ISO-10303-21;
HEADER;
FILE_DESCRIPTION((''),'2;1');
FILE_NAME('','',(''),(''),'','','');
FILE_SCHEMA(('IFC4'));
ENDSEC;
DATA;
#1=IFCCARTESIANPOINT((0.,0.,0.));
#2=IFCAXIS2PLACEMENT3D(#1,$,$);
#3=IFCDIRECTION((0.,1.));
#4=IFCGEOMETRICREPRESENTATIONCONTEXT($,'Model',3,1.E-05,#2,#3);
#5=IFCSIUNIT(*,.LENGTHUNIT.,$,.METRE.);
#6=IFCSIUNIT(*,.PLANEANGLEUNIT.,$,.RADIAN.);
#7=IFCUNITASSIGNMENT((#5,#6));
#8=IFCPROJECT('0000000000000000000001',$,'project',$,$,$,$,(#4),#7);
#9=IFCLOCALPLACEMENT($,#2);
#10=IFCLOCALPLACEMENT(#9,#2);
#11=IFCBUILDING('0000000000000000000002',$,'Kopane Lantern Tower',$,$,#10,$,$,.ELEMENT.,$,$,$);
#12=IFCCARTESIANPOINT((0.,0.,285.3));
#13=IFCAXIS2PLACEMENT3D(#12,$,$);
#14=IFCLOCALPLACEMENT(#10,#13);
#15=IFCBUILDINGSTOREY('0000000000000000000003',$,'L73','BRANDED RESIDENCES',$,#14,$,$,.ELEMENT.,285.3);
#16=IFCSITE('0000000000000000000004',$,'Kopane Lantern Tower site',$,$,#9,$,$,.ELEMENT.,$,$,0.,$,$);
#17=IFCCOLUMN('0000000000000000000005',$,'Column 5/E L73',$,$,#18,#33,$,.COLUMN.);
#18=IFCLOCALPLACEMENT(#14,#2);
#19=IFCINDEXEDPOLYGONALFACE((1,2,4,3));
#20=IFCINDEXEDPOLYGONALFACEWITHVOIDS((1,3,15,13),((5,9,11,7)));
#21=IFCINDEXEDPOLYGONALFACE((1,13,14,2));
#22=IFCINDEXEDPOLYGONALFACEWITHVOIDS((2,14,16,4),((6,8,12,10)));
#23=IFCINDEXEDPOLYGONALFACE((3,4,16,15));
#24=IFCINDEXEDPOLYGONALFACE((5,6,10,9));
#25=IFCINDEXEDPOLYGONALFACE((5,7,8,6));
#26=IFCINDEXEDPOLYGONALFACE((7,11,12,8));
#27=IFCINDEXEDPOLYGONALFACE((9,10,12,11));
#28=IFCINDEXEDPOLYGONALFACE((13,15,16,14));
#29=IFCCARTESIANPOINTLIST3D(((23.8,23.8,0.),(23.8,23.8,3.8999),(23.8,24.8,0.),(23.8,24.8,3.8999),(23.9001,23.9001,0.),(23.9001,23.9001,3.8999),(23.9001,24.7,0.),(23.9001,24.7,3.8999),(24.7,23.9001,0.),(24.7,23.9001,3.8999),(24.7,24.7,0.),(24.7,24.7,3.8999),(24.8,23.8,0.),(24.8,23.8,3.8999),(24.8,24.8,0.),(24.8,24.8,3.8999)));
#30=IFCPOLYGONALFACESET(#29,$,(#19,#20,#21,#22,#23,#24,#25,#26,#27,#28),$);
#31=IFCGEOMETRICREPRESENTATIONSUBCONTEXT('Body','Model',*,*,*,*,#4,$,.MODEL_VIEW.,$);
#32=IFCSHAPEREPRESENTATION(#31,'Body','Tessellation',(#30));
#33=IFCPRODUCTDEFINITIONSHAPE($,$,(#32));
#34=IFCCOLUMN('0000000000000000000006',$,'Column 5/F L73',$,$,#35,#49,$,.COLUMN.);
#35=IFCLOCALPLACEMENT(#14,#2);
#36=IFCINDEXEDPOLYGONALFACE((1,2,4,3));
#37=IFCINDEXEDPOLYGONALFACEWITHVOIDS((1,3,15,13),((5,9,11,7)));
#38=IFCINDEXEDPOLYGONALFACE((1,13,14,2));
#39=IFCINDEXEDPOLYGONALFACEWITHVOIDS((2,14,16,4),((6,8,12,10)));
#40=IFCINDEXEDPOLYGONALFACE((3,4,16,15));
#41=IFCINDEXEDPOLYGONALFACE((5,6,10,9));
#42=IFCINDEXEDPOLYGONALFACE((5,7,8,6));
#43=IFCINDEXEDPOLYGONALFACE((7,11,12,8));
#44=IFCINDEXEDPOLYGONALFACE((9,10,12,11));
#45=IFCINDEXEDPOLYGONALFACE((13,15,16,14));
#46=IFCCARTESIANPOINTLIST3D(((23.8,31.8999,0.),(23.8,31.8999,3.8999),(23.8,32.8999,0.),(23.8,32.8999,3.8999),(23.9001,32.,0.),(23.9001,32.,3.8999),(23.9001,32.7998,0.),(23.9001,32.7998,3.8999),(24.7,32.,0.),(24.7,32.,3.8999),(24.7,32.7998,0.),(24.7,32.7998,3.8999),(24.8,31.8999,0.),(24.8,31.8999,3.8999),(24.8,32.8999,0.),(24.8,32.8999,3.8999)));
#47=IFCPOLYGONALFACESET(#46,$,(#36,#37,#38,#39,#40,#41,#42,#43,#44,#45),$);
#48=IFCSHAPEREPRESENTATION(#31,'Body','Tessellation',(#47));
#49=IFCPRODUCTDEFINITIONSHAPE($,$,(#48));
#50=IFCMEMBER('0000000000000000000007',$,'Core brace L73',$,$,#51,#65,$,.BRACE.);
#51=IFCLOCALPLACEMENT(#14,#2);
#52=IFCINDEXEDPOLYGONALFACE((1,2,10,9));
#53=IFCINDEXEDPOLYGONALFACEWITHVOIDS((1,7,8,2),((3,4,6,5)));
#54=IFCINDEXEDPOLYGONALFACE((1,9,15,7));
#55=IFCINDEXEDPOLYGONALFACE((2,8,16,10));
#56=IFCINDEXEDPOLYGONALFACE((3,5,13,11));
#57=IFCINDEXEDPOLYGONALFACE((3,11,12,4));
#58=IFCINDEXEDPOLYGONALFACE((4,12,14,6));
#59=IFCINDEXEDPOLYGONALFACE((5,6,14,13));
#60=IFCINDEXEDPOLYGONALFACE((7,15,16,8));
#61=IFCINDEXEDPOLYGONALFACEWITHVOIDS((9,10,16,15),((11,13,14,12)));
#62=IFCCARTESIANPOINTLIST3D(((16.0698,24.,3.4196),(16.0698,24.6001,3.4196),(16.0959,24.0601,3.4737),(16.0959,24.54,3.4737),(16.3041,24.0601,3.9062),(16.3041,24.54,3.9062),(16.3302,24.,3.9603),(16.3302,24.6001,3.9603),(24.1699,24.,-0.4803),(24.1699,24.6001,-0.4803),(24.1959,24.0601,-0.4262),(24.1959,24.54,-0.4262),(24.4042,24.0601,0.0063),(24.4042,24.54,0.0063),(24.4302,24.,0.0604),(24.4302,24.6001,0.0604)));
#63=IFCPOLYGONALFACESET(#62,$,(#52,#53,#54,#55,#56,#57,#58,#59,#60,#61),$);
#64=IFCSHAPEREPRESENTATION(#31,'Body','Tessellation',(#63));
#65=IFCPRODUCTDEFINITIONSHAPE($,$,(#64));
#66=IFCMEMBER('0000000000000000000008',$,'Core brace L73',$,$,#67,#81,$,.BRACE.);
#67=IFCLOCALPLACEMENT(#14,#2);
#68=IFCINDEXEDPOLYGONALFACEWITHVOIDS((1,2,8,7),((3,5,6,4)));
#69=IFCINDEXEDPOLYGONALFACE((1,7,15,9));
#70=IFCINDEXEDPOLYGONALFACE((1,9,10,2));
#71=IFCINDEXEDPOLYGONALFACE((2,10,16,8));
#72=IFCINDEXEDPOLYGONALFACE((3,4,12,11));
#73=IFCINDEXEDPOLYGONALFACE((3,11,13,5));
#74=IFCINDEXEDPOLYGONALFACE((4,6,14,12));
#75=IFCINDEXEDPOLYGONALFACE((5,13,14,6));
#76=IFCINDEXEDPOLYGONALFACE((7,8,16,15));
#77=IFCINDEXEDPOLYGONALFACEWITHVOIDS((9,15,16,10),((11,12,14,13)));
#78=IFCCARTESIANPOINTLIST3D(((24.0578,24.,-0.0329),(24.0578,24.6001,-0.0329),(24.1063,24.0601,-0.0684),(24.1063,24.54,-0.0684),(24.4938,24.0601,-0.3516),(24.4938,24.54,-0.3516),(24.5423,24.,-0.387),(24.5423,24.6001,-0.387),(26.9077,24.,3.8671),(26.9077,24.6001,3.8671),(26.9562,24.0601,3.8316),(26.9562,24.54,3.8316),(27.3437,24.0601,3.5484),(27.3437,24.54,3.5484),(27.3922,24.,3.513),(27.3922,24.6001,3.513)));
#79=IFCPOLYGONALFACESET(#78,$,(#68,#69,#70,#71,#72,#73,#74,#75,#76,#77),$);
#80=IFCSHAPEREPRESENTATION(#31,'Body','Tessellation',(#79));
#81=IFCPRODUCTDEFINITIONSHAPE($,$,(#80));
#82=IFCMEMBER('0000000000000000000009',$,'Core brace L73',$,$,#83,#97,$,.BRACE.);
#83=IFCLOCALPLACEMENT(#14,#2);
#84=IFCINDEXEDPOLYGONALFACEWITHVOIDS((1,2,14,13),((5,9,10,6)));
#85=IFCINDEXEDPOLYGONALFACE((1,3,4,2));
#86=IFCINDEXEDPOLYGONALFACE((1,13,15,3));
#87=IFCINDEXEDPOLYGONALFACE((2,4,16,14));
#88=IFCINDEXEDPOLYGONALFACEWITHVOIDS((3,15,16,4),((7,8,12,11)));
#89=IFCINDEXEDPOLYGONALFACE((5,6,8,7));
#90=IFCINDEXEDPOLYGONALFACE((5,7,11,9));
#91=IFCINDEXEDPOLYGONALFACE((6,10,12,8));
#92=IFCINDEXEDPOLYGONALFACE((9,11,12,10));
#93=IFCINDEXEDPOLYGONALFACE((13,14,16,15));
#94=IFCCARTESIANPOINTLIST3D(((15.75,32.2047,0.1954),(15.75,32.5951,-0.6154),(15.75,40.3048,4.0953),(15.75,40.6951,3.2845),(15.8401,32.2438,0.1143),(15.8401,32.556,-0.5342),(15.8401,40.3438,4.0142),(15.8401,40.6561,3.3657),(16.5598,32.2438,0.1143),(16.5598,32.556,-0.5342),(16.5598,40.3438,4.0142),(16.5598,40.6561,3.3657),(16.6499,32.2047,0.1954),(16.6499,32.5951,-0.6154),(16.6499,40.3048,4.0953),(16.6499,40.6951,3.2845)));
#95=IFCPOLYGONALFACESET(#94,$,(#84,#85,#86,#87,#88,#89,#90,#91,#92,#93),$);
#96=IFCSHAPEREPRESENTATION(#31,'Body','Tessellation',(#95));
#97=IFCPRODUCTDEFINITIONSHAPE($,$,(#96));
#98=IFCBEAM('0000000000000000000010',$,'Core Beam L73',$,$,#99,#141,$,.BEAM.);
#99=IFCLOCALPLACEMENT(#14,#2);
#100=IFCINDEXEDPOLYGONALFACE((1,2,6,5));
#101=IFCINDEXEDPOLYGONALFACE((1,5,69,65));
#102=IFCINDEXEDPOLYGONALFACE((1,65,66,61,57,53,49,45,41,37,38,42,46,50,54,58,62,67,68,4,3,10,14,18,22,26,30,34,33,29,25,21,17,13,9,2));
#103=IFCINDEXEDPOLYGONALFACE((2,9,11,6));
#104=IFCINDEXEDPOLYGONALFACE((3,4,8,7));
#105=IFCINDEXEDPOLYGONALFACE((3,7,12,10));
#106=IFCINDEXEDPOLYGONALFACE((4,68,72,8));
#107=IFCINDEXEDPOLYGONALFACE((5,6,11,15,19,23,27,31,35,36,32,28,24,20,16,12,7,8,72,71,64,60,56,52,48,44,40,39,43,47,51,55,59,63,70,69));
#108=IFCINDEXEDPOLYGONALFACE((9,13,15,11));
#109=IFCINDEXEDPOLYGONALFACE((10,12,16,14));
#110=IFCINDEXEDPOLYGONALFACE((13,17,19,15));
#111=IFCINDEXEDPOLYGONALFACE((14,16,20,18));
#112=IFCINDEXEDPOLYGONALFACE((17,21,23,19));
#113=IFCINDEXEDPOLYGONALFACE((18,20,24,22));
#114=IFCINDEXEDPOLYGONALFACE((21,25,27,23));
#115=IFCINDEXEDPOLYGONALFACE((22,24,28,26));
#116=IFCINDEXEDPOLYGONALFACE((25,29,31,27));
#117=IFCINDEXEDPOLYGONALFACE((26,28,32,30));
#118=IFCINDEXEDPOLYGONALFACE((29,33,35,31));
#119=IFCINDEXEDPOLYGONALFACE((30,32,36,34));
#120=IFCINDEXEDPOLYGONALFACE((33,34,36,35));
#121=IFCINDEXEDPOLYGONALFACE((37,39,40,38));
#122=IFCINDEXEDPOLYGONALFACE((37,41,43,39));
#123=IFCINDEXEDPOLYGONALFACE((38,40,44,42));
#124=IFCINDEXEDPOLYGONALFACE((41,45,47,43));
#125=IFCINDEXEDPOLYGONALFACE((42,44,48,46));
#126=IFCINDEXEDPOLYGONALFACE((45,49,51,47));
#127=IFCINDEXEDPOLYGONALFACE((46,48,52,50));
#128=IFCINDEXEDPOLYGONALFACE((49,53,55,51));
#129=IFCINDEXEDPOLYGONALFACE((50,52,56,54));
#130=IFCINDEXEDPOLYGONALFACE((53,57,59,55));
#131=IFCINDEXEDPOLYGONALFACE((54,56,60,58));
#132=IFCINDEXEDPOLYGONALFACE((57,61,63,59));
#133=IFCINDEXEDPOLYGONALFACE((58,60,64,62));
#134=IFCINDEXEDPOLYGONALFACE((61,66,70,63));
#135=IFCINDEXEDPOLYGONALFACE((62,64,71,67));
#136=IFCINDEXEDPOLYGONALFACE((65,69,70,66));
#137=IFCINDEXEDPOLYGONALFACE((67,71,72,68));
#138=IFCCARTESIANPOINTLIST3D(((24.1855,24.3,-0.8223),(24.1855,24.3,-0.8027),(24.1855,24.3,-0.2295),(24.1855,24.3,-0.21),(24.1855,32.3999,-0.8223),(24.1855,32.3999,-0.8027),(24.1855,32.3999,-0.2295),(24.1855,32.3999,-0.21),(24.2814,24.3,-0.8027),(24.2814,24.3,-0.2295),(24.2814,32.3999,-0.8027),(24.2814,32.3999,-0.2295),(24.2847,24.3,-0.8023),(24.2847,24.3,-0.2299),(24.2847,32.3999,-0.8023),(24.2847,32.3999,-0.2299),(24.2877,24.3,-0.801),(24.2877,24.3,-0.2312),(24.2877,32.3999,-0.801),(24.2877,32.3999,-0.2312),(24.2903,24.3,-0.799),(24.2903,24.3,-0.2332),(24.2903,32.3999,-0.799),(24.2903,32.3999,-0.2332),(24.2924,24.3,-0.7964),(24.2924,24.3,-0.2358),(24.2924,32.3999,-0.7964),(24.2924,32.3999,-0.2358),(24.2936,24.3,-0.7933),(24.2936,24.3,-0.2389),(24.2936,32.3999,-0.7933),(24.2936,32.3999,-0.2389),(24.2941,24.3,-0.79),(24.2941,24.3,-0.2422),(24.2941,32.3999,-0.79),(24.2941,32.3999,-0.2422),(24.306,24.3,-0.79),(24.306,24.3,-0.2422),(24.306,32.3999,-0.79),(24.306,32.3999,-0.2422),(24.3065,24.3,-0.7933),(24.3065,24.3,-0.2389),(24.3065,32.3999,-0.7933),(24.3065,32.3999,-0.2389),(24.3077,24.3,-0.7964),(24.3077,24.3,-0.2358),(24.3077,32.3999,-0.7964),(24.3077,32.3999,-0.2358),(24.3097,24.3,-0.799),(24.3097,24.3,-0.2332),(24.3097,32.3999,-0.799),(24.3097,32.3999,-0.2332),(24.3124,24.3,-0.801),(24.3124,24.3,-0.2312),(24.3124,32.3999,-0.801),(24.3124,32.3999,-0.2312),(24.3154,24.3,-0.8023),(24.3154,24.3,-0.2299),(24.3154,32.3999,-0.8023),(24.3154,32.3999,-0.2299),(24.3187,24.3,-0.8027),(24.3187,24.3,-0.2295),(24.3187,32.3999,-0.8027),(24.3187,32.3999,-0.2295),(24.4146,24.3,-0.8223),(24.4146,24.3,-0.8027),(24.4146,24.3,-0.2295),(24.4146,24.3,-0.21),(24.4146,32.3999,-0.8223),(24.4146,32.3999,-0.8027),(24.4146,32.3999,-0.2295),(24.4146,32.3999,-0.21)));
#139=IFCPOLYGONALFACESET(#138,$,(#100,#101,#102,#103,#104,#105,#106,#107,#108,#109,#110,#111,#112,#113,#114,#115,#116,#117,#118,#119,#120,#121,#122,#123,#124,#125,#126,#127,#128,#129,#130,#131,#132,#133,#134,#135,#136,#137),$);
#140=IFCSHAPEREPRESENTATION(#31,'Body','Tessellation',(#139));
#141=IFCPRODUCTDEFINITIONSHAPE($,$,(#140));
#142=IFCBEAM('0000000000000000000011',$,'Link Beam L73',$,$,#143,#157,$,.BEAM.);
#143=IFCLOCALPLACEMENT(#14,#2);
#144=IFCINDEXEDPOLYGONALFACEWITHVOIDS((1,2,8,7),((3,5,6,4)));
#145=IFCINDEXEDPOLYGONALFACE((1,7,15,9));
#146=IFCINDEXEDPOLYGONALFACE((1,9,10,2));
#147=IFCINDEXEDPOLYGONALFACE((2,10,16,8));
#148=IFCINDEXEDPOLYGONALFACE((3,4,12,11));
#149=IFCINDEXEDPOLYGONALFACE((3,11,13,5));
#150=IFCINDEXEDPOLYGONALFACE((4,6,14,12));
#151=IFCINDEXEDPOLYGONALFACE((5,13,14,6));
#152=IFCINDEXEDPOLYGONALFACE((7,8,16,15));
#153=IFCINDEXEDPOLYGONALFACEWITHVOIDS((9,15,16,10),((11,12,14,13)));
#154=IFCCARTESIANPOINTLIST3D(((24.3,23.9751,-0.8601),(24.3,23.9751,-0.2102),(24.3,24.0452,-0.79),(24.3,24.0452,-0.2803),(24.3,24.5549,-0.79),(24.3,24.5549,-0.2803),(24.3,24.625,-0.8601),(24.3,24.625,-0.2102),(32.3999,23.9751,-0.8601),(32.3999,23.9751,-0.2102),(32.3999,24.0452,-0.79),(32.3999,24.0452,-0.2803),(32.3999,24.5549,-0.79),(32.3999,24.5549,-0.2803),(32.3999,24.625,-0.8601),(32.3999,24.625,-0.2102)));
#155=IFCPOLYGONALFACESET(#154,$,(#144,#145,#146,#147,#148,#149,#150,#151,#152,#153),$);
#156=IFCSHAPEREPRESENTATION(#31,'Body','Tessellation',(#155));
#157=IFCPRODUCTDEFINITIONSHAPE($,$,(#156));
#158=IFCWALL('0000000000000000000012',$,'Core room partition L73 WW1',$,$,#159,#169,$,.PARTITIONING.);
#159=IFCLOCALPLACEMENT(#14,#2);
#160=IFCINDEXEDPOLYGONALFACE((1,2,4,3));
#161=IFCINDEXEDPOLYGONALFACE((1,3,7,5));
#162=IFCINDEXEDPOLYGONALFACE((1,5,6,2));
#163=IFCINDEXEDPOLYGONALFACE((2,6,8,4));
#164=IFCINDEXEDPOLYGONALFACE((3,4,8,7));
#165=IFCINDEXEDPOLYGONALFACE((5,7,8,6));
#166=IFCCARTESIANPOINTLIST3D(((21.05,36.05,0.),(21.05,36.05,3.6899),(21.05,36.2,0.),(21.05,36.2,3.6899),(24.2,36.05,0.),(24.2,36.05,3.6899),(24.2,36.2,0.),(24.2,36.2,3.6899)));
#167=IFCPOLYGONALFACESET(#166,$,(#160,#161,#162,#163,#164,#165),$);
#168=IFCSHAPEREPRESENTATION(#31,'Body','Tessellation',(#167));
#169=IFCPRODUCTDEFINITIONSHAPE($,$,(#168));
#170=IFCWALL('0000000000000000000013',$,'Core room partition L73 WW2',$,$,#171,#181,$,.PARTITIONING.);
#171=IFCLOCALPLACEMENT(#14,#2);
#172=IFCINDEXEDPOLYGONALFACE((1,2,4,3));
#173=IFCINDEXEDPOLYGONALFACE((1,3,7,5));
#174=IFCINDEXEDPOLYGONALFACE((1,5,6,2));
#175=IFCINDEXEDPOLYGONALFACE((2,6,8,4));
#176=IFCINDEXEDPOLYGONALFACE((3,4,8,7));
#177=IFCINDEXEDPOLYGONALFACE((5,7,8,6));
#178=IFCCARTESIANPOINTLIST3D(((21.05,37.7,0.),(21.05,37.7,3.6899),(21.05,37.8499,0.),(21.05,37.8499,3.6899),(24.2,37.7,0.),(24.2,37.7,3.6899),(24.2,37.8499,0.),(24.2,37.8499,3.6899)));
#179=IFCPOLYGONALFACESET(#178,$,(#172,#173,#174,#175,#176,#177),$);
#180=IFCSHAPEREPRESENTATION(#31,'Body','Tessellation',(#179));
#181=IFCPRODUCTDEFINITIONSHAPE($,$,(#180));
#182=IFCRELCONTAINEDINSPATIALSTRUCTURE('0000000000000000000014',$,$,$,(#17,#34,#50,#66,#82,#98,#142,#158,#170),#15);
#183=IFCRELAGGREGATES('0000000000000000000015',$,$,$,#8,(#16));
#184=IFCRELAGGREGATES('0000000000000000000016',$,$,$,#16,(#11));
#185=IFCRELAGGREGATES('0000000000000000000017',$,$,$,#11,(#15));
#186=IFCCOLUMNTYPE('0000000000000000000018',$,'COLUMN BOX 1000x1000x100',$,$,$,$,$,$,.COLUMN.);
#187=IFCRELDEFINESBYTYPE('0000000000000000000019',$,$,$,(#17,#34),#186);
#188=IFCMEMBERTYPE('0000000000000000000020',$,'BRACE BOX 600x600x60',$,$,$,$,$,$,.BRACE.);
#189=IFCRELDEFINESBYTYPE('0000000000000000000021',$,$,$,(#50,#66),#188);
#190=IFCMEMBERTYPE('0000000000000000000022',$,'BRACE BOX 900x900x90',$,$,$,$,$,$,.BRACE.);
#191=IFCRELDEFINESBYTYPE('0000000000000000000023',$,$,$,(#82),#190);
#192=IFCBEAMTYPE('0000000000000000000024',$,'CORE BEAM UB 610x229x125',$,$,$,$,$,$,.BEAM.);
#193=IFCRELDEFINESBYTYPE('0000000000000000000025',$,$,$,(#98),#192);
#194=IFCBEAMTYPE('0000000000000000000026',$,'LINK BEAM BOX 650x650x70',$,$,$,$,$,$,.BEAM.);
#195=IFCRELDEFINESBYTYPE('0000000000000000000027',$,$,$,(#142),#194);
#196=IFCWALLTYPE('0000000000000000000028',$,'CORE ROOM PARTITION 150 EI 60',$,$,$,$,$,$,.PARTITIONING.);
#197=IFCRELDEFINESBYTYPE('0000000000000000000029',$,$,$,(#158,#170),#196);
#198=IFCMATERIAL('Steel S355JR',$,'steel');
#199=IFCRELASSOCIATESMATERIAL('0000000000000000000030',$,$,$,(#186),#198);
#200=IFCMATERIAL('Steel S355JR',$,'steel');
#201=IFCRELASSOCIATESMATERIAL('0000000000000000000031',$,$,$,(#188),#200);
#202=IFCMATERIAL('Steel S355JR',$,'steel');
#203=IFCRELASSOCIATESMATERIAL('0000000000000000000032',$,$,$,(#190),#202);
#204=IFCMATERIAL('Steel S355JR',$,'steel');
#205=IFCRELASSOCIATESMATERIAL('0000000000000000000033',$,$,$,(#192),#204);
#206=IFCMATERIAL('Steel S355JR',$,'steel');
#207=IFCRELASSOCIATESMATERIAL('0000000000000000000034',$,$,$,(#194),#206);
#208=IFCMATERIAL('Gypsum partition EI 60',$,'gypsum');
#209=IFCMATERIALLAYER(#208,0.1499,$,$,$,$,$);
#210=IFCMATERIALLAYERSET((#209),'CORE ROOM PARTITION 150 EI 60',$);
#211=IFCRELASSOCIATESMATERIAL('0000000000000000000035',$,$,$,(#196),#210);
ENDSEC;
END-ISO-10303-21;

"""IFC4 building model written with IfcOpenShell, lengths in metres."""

from ifc_helpers import new_model, si_unit, direction, frame, frame_2d, origin, origin_2d, place, context, subcontext, project, spatial, rectangle, hollow_rectangle, i_section, extrude, material, layer, layer_set, material_profile, profile_set, type_object, element, save


model = new_model("IFC4")

# Units and contexts
model_context = context("Model", 3, precision=1e-05, world=origin(), true_north=direction((0.0, 1.0)))
body_context = subcontext(model_context, "Body", "Model", "MODEL_VIEW")
ifc_project = project(units=[si_unit("LENGTHUNIT", "METRE"), si_unit("PLANEANGLEUNIT", "RADIAN")], contexts=[model_context])

# Site, building, storey
site_placement = place(None, origin())
site = spatial("IfcSite", under=ifc_project, at=site_placement, Name="Kopane Lantern Tower site", CompositionType="ELEMENT", RefElevation=0.0)
building_placement = place(site_placement, origin())
building = spatial("IfcBuilding", under=site, at=building_placement, Name="Kopane Lantern Tower", CompositionType="ELEMENT")
storey_placement = place(building_placement, frame((0.0, 0.0, 285.3)))
storey = spatial("IfcBuildingStorey", under=building, at=storey_placement, Name="L73", Description="BRANDED RESIDENCES", CompositionType="ELEMENT", Elevation=285.3)

# Columns
ifc_material_1 = material(Name="Steel S355JR", Category="steel")
ifc_material_profile_1 = material_profile(ifc_material_1, hollow_rectangle(XDim=1.0, YDim=1.0, WallThickness=0.1001, at=origin_2d()), Name="BOX 1000x1000x100")
ifc_profile_set_1 = profile_set([ifc_material_profile_1], Name="Steel S355JR")
column_type = type_object("IfcColumnType", Name="COLUMN BOX 1000x1000x100", PredefinedType="COLUMN", material=ifc_profile_set_1)
for number, where, z_axis, x_axis, name in (
    (1, (24.3, 24.3, 0.0), (0.0, 0.0, 1.0), (1.0, 0.0, 0.0), "Column 5/E L73"),
    (2, (24.3, 32.3999, 0.0), (0.0, 0.0, 1.0), (1.0, 0.0, 0.0), "Column 5/F L73"),
):
    element("IfcColumn", number, at=place(storey_placement, frame(where, z_axis=z_axis, x_axis=x_axis)), inside=storey, type_object=column_type, Name=name, PredefinedType="COLUMN", context=body_context, shape_type="SweptSolid", body=[
        extrude(hollow_rectangle(XDim=1.0, YDim=1.0, WallThickness=0.1001, at=origin_2d()), origin(), (0.0, 0.0, 1.0), 3.8999),
    ])

# Members
ifc_material_2 = material(Name="Steel S355JR", Category="steel")
ifc_material_profile_2 = material_profile(ifc_material_2, hollow_rectangle(XDim=0.6001, YDim=0.6001, WallThickness=0.0601, at=origin_2d()), Name="BOX 600x600x60")
ifc_profile_set_2 = profile_set([ifc_material_profile_2], Name="Steel S355JR")
member_type_1 = type_object("IfcMemberType", Name="BRACE BOX 600x600x60", PredefinedType="BRACE", material=ifc_profile_set_2)
member_1_placement = place(storey_placement, frame((24.3, 24.3, -0.21), z_axis=(-0.901008, 0.0, 0.433803), x_axis=(0.0, -1.0, 0.0)))
element("IfcMember", 3, at=member_1_placement, inside=storey, type_object=member_type_1, Name="Core brace L73", PredefinedType="BRACE", context=body_context, shape_type="SweptSolid", body=[
    extrude(hollow_rectangle(XDim=0.6001, YDim=0.6001, WallThickness=0.0601, at=origin_2d()), origin(), (0.0, 0.0, 1.0), 8.99),
])
member_2_placement = place(storey_placement, frame((24.3, 24.3, -0.21), z_axis=(0.590006, 0.0, 0.807399), x_axis=(0.0, 1.0, 0.0)))
element("IfcMember", 4, at=member_2_placement, inside=storey, type_object=member_type_1, Name="Core brace L73", PredefinedType="BRACE", context=body_context, shape_type="SweptSolid", body=[
    extrude(hollow_rectangle(XDim=0.6001, YDim=0.6001, WallThickness=0.0601, at=origin_2d()), origin(), (0.0, 0.0, 1.0), 4.8303),
])
ifc_material_3 = material(Name="Steel S355JR", Category="steel")
ifc_material_profile_3 = material_profile(ifc_material_3, hollow_rectangle(XDim=0.8999, YDim=0.8999, WallThickness=0.0901, at=origin_2d()), Name="BOX 900x900x90")
ifc_profile_set_3 = profile_set([ifc_material_profile_3], Name="Steel S355JR")
member_type_2 = type_object("IfcMemberType", Name="BRACE BOX 900x900x90", PredefinedType="BRACE", material=ifc_profile_set_3)
member_3_placement = place(storey_placement, frame((16.2, 32.3999, -0.21), z_axis=(0.0, 0.901008, 0.433803), x_axis=(-1.0, 0.0, 0.0)))
element("IfcMember", 5, at=member_3_placement, inside=storey, type_object=member_type_2, Name="Core brace L73", PredefinedType="BRACE", context=body_context, shape_type="SweptSolid", body=[
    extrude(hollow_rectangle(XDim=0.8999, YDim=0.8999, WallThickness=0.0901, at=origin_2d()), origin(), (0.0, 0.0, 1.0), 8.99),
])

# Beams
ifc_material_4 = material(Name="Steel S355JR", Category="steel")
ifc_material_profile_4 = material_profile(ifc_material_4, i_section(OverallWidth=0.229, OverallDepth=0.6123, WebThickness=0.012, FlangeThickness=0.0195, FilletRadius=0.0127, at=origin_2d()), Name="UB 610x229x125")
ifc_profile_set_4 = profile_set([ifc_material_profile_4], Name="Steel S355JR")
beam_type_1 = type_object("IfcBeamType", Name="CORE BEAM UB 610x229x125", PredefinedType="BEAM", material=ifc_profile_set_4)
beam_1_placement = place(storey_placement, frame((24.3, 24.3, -0.5161), z_axis=(0.0, 1.0, 0.0), x_axis=(-1.0, 0.0, 0.0)))
element("IfcBeam", 6, at=beam_1_placement, inside=storey, type_object=beam_type_1, Name="Core Beam L73", PredefinedType="BEAM", context=body_context, shape_type="SweptSolid", body=[
    extrude(i_section(OverallWidth=0.229, OverallDepth=0.6123, WebThickness=0.012, FlangeThickness=0.0195, FilletRadius=0.0127, at=origin_2d()), origin(), (0.0, 0.0, 1.0), 8.0999),
])
ifc_material_5 = material(Name="Steel S355JR", Category="steel")
ifc_material_profile_5 = material_profile(ifc_material_5, hollow_rectangle(XDim=0.6499, YDim=0.6499, WallThickness=0.0701, at=origin_2d()), Name="BOX 650x650x70")
ifc_profile_set_5 = profile_set([ifc_material_profile_5], Name="Steel S355JR")
beam_type_2 = type_object("IfcBeamType", Name="LINK BEAM BOX 650x650x70", PredefinedType="BEAM", material=ifc_profile_set_5)
beam_2_placement = place(storey_placement, frame((24.3, 24.3, -0.5352), z_axis=(1.0, 0.0, 0.0), x_axis=(0.0, 1.0, 0.0)))
element("IfcBeam", 7, at=beam_2_placement, inside=storey, type_object=beam_type_2, Name="Link Beam L73", PredefinedType="BEAM", context=body_context, shape_type="SweptSolid", body=[
    extrude(hollow_rectangle(XDim=0.6499, YDim=0.6499, WallThickness=0.0701, at=origin_2d()), origin(), (0.0, 0.0, 1.0), 8.0999),
])

# Walls
ifc_material_6 = material(Name="Gypsum partition EI 60", Category="gypsum")
ifc_layer_1 = layer(ifc_material_6, 0.1499)
ifc_layer_set_1 = layer_set([ifc_layer_1], Name="CORE ROOM PARTITION 150 EI 60")
wall_type_1 = type_object("IfcWallType", Name="CORE ROOM PARTITION 150 EI 60", PredefinedType="PARTITIONING", material=ifc_layer_set_1)
for number, where, z_axis, x_axis, name in (
    (8, (21.05, 36.125, 0.0), (0.0, 0.0, 1.0), (1.0, 0.0, 0.0), "Core room partition L73 WW1"),
    (9, (21.05, 37.7749, 0.0), (0.0, 0.0, 1.0), (1.0, 0.0, 0.0), "Core room partition L73 WW2"),
):
    element("IfcWall", number, at=place(storey_placement, frame(where, z_axis=z_axis, x_axis=x_axis)), inside=storey, type_object=wall_type_1, Name=name, PredefinedType="PARTITIONING", context=body_context, shape_type="SweptSolid", body=[
        extrude(rectangle(XDim=3.1499, YDim=0.1499, at=frame_2d((1.575, 0.0))), origin(), (0.0, 0.0, 1.0), 3.6899),
    ])

save(model, "model.ifc")
